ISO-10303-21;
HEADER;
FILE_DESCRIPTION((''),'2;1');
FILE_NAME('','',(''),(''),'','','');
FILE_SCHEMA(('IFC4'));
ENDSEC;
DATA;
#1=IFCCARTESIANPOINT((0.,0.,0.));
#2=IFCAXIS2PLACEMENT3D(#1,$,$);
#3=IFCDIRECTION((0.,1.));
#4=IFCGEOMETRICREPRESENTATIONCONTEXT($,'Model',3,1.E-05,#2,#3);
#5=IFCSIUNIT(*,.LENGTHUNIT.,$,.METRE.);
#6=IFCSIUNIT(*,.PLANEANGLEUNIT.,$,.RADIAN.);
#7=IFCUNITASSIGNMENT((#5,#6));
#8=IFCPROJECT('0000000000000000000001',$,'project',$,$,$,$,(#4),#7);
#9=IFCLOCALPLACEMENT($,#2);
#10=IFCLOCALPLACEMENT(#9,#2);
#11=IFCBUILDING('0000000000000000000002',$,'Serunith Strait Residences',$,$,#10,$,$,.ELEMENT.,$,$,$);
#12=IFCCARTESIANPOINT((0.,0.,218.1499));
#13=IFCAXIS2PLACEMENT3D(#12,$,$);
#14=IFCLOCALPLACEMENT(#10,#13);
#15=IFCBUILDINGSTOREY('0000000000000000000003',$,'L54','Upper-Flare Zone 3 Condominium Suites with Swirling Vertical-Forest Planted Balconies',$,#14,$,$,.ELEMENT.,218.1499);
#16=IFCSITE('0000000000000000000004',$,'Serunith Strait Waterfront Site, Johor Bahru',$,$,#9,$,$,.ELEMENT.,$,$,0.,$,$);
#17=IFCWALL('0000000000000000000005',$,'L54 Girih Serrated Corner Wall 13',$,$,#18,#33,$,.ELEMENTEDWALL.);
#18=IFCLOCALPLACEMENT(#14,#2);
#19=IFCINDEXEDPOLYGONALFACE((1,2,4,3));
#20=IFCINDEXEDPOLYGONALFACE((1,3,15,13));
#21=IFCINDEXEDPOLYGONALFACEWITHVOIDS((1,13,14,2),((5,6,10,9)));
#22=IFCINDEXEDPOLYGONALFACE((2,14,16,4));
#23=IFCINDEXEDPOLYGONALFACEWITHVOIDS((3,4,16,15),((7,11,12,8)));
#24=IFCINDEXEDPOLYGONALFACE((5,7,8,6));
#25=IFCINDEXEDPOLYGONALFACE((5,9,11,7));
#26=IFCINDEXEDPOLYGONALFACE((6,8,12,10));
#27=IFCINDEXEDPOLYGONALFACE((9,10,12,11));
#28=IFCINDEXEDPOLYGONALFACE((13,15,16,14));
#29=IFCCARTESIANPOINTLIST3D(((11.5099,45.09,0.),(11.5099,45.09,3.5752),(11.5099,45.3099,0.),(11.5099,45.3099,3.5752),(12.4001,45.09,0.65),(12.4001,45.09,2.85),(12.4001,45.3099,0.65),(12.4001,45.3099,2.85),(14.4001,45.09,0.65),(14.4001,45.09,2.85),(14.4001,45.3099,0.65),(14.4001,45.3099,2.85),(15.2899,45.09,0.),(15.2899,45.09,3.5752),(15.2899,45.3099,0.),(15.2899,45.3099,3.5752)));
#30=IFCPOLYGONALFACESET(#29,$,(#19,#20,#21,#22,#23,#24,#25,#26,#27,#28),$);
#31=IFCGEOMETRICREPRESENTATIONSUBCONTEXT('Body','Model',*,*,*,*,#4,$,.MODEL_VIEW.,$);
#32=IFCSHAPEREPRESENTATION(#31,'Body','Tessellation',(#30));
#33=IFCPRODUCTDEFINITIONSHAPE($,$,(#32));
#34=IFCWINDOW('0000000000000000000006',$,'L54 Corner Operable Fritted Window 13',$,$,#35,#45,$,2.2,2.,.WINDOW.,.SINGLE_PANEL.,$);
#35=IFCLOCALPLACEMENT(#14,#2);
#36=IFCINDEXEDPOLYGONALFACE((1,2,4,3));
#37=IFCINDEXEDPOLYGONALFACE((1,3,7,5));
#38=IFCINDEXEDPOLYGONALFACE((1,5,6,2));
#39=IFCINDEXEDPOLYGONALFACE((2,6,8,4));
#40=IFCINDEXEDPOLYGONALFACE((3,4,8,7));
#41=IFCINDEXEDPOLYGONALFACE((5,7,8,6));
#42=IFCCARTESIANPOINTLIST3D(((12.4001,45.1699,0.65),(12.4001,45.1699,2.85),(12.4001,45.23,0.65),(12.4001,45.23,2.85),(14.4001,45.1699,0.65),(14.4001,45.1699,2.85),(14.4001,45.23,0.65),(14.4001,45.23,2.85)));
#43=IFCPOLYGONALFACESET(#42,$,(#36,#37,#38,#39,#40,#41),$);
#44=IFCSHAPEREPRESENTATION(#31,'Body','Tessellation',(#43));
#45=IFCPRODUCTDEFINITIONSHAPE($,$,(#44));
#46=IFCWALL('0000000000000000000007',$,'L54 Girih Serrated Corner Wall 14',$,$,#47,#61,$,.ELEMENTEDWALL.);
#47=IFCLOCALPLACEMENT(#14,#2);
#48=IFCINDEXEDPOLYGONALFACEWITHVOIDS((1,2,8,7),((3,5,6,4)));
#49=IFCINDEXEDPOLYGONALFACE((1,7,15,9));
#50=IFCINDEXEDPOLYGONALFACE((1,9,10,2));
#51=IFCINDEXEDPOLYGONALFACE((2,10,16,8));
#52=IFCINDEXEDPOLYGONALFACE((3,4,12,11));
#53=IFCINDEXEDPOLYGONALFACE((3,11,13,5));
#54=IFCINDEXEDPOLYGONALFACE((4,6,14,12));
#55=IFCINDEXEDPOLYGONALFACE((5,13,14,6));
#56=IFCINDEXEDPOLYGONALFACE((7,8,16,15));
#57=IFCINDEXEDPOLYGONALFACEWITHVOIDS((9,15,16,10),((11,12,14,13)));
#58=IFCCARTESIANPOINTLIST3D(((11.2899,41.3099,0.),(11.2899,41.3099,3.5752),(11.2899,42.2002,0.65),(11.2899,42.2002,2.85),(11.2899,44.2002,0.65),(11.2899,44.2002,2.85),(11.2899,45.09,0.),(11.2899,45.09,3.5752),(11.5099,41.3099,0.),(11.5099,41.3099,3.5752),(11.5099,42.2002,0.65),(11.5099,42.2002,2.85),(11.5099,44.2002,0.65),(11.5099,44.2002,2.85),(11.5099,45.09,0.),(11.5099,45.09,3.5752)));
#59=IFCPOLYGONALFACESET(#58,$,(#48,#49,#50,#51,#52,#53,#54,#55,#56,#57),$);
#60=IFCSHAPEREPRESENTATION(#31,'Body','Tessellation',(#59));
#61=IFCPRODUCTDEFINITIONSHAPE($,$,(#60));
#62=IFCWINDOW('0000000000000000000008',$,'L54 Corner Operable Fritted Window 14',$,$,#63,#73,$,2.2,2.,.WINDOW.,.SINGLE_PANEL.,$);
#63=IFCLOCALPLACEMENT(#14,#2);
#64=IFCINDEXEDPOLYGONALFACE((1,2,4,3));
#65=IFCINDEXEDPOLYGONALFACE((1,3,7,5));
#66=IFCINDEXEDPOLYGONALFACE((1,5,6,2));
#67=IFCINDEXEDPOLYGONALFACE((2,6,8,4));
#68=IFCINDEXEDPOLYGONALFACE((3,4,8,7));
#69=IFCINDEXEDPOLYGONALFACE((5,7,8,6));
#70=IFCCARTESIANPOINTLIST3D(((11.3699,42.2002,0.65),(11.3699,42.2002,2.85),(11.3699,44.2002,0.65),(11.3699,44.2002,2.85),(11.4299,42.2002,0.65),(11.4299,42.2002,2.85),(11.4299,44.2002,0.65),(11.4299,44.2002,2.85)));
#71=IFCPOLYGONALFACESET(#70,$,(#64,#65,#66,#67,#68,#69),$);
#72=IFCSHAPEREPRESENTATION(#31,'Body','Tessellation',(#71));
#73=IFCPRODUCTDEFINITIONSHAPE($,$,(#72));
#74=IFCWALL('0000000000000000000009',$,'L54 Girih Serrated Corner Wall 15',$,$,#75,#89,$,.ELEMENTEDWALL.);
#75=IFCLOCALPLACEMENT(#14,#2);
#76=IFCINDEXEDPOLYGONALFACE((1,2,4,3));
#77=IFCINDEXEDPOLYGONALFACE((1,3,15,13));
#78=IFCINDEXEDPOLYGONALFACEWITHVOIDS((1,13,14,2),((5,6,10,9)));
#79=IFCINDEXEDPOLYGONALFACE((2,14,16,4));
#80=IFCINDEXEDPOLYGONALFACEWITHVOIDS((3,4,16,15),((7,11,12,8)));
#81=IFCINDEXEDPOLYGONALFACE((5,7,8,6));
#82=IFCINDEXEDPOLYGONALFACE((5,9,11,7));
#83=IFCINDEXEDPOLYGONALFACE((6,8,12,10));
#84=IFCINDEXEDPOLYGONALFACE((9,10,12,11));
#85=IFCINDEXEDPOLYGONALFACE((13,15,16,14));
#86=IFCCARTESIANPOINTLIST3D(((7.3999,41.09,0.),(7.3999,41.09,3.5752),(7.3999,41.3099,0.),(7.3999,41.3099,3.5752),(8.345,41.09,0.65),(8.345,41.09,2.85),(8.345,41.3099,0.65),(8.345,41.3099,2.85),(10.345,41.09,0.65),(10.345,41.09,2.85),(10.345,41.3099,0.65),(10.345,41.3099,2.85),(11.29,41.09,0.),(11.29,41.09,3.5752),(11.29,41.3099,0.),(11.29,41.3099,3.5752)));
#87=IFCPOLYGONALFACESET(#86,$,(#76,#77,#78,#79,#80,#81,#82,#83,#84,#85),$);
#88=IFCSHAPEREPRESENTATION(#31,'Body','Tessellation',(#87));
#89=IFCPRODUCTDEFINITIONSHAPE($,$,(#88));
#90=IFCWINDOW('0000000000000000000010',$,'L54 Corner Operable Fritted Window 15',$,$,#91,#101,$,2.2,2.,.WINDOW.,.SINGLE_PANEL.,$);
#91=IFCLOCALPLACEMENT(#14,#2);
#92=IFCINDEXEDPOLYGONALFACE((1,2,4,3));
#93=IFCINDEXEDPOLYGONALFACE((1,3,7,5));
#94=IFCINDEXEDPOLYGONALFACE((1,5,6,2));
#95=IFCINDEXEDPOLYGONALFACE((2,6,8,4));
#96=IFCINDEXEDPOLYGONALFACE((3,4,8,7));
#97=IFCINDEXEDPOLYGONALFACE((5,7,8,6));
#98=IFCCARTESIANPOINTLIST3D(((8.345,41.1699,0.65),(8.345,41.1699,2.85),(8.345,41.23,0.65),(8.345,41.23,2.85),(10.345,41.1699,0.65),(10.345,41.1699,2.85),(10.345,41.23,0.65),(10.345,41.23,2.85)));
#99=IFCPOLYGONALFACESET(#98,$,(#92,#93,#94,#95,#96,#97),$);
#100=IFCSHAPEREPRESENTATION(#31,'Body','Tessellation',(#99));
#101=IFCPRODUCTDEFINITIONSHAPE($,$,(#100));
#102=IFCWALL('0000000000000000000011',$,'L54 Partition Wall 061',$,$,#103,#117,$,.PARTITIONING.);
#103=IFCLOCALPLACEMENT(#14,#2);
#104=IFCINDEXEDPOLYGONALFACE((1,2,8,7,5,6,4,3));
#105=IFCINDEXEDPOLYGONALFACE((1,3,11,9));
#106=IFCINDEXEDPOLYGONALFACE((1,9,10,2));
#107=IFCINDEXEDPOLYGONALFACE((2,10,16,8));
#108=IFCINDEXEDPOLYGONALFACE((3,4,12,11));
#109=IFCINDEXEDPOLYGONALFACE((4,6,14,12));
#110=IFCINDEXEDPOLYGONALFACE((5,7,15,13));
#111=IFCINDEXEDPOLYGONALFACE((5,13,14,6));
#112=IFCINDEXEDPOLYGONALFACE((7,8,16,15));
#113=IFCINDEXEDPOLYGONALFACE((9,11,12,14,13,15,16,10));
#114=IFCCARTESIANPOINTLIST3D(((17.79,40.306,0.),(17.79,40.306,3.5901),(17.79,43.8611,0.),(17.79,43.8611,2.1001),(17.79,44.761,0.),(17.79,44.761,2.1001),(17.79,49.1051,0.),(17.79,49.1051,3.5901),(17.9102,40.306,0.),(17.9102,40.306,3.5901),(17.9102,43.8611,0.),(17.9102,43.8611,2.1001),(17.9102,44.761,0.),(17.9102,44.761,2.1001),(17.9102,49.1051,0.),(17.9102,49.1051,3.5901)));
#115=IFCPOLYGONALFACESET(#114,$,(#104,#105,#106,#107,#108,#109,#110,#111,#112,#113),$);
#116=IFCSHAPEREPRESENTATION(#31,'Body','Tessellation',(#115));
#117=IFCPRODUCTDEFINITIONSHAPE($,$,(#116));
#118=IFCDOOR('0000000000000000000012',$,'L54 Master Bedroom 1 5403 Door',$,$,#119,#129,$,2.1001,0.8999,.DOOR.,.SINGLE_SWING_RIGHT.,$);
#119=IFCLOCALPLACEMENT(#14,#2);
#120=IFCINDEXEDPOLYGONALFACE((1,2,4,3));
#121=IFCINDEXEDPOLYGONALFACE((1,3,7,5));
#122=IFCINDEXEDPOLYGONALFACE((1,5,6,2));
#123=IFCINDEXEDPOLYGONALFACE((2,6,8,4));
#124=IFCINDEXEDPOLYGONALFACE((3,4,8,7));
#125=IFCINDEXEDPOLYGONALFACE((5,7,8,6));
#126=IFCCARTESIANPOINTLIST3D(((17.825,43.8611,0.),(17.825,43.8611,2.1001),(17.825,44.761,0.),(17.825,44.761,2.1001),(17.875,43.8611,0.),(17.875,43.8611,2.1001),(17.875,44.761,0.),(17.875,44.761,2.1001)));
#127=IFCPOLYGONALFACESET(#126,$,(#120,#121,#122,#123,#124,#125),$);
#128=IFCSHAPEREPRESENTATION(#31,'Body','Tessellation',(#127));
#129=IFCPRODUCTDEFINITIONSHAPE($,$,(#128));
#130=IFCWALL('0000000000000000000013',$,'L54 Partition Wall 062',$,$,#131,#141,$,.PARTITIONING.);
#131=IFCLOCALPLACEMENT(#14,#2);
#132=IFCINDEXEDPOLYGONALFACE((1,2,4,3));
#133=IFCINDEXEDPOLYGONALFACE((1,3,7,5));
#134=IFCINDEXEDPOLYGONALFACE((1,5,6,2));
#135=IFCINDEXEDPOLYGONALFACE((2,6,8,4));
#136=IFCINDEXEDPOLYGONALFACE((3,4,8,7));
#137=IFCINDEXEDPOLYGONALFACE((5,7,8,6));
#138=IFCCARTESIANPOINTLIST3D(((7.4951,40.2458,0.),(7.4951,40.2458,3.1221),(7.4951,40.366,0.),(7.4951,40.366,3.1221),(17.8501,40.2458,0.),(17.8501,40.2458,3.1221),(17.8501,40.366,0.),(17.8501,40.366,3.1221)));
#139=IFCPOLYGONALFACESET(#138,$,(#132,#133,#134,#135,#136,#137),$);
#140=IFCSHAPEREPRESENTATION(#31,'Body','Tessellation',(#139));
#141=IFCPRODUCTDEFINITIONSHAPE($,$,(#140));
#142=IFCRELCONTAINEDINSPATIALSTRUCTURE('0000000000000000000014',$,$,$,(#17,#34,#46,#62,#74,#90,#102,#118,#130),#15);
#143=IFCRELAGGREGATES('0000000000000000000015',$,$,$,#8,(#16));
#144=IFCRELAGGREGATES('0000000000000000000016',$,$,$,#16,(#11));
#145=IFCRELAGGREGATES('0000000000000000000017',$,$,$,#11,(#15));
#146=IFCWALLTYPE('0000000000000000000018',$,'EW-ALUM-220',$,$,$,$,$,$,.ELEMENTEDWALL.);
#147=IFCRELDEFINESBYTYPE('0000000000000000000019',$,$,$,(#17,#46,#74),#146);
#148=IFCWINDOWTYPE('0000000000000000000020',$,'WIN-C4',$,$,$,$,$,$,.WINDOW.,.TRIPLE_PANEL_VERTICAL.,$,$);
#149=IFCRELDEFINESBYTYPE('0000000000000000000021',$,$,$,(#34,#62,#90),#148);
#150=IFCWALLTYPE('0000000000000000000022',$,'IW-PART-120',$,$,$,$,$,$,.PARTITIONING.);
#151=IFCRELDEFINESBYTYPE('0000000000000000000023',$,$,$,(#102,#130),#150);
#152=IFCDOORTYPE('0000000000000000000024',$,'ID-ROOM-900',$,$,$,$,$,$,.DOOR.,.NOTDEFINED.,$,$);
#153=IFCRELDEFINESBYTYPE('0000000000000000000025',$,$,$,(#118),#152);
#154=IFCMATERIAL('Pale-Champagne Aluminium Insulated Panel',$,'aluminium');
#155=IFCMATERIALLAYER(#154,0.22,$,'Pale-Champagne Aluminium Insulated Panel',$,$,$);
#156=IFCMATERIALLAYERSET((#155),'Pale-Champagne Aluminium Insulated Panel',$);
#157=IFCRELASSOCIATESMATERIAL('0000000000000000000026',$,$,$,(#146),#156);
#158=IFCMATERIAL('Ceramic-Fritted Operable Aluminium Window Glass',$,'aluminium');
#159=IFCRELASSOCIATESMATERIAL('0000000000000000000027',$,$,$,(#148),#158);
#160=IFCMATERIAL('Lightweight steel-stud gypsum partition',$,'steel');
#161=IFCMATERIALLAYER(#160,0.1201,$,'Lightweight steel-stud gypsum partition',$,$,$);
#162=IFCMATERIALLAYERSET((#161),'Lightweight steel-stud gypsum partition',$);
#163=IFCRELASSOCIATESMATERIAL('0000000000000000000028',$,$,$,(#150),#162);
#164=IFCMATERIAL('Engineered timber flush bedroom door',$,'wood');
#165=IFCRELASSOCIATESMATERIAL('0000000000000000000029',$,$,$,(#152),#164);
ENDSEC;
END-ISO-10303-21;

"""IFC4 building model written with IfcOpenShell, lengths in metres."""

from ifc_helpers import new_model, si_unit, direction, frame, frame_2d, origin, place, context, subcontext, project, spatial, rectangle, extrude, source, transform, mapped, material, layer, layer_set, type_object, element, fill, save


model = new_model("IFC4")

# Units and contexts
model_context = context("Model", 3, precision=1e-05, world=origin(), true_north=direction((0.0, 1.0)))
body_context = subcontext(model_context, "Body", "Model", "MODEL_VIEW")
ifc_project = project(units=[si_unit("LENGTHUNIT", "METRE"), si_unit("PLANEANGLEUNIT", "RADIAN")], contexts=[model_context])

# Site, building, storey
site_placement = place(None, origin())
site = spatial("IfcSite", under=ifc_project, at=site_placement, Name="Serunith Strait Waterfront Site, Johor Bahru", CompositionType="ELEMENT", RefElevation=0.0)
building_placement = place(site_placement, origin())
building = spatial("IfcBuilding", under=site, at=building_placement, Name="Serunith Strait Residences", CompositionType="ELEMENT")
storey_placement = place(building_placement, frame((0.0, 0.0, 218.1499)))
storey = spatial("IfcBuildingStorey", under=building, at=storey_placement, Name="L54", Description="Upper-Flare Zone 3 Condominium Suites with Swirling Vertical-Forest Planted Balconies", CompositionType="ELEMENT", Elevation=218.1499)

# Walls, openings, windows
ifc_material_1 = material(Name="Pale-Champagne Aluminium Insulated Panel", Category="aluminium")
ifc_layer_1 = layer(ifc_material_1, 0.22, Name="Pale-Champagne Aluminium Insulated Panel")
ifc_layer_set_1 = layer_set([ifc_layer_1], Name="Pale-Champagne Aluminium Insulated Panel")
wall_type_1 = type_object("IfcWallType", Name="EW-ALUM-220", PredefinedType="ELEMENTEDWALL", material=ifc_layer_set_1)
ifc_material_2 = material(Name="Ceramic-Fritted Operable Aluminium Window Glass", Category="aluminium")
window_type = type_object("IfcWindowType", Name="WIN-C4", PartitioningType="TRIPLE_PANEL_VERTICAL", PredefinedType="WINDOW", material=ifc_material_2)
shared_shape_1 = source(origin(), body_context, "Body", "SweptSolid", [
    extrude(rectangle(XDim=2.0, YDim=2.2, at=frame_2d((1.0, 1.1001))), frame((0.0, 0.03, 0.0), z_axis=(0.0, -1.0, 0.0), x_axis=(1.0, 0.0, 0.0)), (0.0, 0.0, 1.0), 0.0601),
])
wall_1_placement = place(storey_placement, frame((15.29, 45.2, 0.0), z_axis=(0.0, 0.0, 1.0), x_axis=(-1.0, 0.0, 0.0)))
wall_1 = element("IfcWall", 1, at=wall_1_placement, inside=storey, type_object=wall_type_1, Name="L54 Girih Serrated Corner Wall 13", PredefinedType="ELEMENTEDWALL", context=body_context, shape_type="SweptSolid", body=[
    extrude(rectangle(XDim=3.78, YDim=0.22, at=frame_2d((1.8901, 0.0))), origin(), (0.0, 0.0, 1.0), 3.5752),
])
opening_1_placement = place(wall_1_placement, frame((0.8899, 0.0, 0.6499)))
opening_1 = element("IfcOpeningElement", 2, at=opening_1_placement, cuts=wall_1, PredefinedType="OPENING", context=body_context, shape_type="SweptSolid", body=[
    extrude(rectangle(XDim=2.0, YDim=2.2, at=frame_2d((1.0, 1.1001))), frame((0.0, 0.1201, 0.0), z_axis=(0.0, -1.0, 0.0), x_axis=(1.0, 0.0, 0.0)), (0.0, 0.0, 1.0), 0.24),
])
window_1_placement = place(opening_1_placement, origin())
window_1 = element("IfcWindow", 3, at=window_1_placement, inside=storey, type_object=window_type, Name="L54 Corner Operable Fritted Window 13", OverallHeight=2.2, OverallWidth=2.0, PartitioningType="SINGLE_PANEL", PredefinedType="WINDOW", context=body_context, shape_type="MappedRepresentation", body=[
    mapped(shared_shape_1, transform((0.0, 0.0, 0.0), scale=1.0)),
])
fill(opening_1, window_1)
wall_2_placement = place(storey_placement, frame((11.3999, 45.0901, 0.0), z_axis=(0.0, 0.0, 1.0), x_axis=(0.0, -1.0, 0.0)))
wall_2 = element("IfcWall", 4, at=wall_2_placement, inside=storey, type_object=wall_type_1, Name="L54 Girih Serrated Corner Wall 14", PredefinedType="ELEMENTEDWALL", context=body_context, shape_type="SweptSolid", body=[
    extrude(rectangle(XDim=3.78, YDim=0.22, at=frame_2d((1.8901, 0.0))), origin(), (0.0, 0.0, 1.0), 3.5752),
])
opening_2_placement = place(wall_2_placement, frame((0.8899, 0.0, 0.6499)))
opening_2 = element("IfcOpeningElement", 5, at=opening_2_placement, cuts=wall_2, PredefinedType="OPENING", context=body_context, shape_type="SweptSolid", body=[
    extrude(rectangle(XDim=2.0, YDim=2.2, at=frame_2d((1.0, 1.1001))), frame((0.0, 0.1201, 0.0), z_axis=(0.0, -1.0, 0.0), x_axis=(1.0, 0.0, 0.0)), (0.0, 0.0, 1.0), 0.24),
])
window_2_placement = place(opening_2_placement, origin())
window_2 = element("IfcWindow", 6, at=window_2_placement, inside=storey, type_object=window_type, Name="L54 Corner Operable Fritted Window 14", OverallHeight=2.2, OverallWidth=2.0, PartitioningType="SINGLE_PANEL", PredefinedType="WINDOW", context=body_context, shape_type="MappedRepresentation", body=[
    mapped(shared_shape_1, transform((0.0, 0.0, 0.0), scale=1.0)),
])
fill(opening_2, window_2)
wall_3_placement = place(storey_placement, frame((11.29, 41.2, 0.0), z_axis=(0.0, 0.0, 1.0), x_axis=(-1.0, 0.0, 0.0)))
wall_3 = element("IfcWall", 7, at=wall_3_placement, inside=storey, type_object=wall_type_1, Name="L54 Girih Serrated Corner Wall 15", PredefinedType="ELEMENTEDWALL", context=body_context, shape_type="SweptSolid", body=[
    extrude(rectangle(XDim=3.8901, YDim=0.22, at=frame_2d((1.9451, 0.0))), origin(), (0.0, 0.0, 1.0), 3.5752),
])
opening_3_placement = place(wall_3_placement, frame((0.9451, 0.0, 0.6499)))
opening_3 = element("IfcOpeningElement", 8, at=opening_3_placement, cuts=wall_3, PredefinedType="OPENING", context=body_context, shape_type="SweptSolid", body=[
    extrude(rectangle(XDim=2.0, YDim=2.2, at=frame_2d((1.0, 1.1001))), frame((0.0, 0.1201, 0.0), z_axis=(0.0, -1.0, 0.0), x_axis=(1.0, 0.0, 0.0)), (0.0, 0.0, 1.0), 0.24),
])
window_3_placement = place(opening_3_placement, origin())
window_3 = element("IfcWindow", 9, at=window_3_placement, inside=storey, type_object=window_type, Name="L54 Corner Operable Fritted Window 15", OverallHeight=2.2, OverallWidth=2.0, PartitioningType="SINGLE_PANEL", PredefinedType="WINDOW", context=body_context, shape_type="MappedRepresentation", body=[
    mapped(shared_shape_1, transform((0.0, 0.0, 0.0), scale=1.0)),
])
fill(opening_3, window_3)

# Wall, opening, door
ifc_material_3 = material(Name="Lightweight steel-stud gypsum partition", Category="steel")
ifc_layer_2 = layer(ifc_material_3, 0.1201, Name="Lightweight steel-stud gypsum partition")
ifc_layer_set_2 = layer_set([ifc_layer_2], Name="Lightweight steel-stud gypsum partition")
wall_type_2 = type_object("IfcWallType", Name="IW-PART-120", PredefinedType="PARTITIONING", material=ifc_layer_set_2)
wall_4_placement = place(storey_placement, frame((17.8501, 49.105, 0.0), z_axis=(0.0, 0.0, 1.0), x_axis=(0.0, -1.0, 0.0)))
wall_4 = element("IfcWall", 10, at=wall_4_placement, inside=storey, type_object=wall_type_2, Name="L54 Partition Wall 061", PredefinedType="PARTITIONING", context=body_context, shape_type="SweptSolid", body=[
    extrude(rectangle(XDim=8.7991, YDim=0.1201, at=frame_2d((4.3994, 0.0))), origin(), (0.0, 0.0, 1.0), 3.5901),
])
opening_4_placement = place(wall_4_placement, frame((4.344, 0.0, 0.0)))
opening_4 = element("IfcOpeningElement", 11, at=opening_4_placement, cuts=wall_4, PredefinedType="OPENING", context=body_context, shape_type="SweptSolid", body=[
    extrude(rectangle(XDim=0.8999, YDim=2.1001, at=frame_2d((0.45, 1.05))), frame((0.0, 0.0701, 0.0), z_axis=(0.0, -1.0, 0.0), x_axis=(1.0, 0.0, 0.0)), (0.0, 0.0, 1.0), 0.1401),
])
ifc_material_4 = material(Name="Engineered timber flush bedroom door", Category="wood")
door_type_1 = type_object("IfcDoorType", Name="ID-ROOM-900", OperationType="NOTDEFINED", PredefinedType="DOOR", material=ifc_material_4)
shared_shape_2 = source(origin(), body_context, "Body", "SweptSolid", [
    extrude(rectangle(XDim=0.8999, YDim=2.1001, at=frame_2d((0.45, 1.05))), frame((0.0, 0.0249, 0.0), z_axis=(0.0, -1.0, 0.0), x_axis=(1.0, 0.0, 0.0)), (0.0, 0.0, 1.0), 0.05),
])
door_1_placement = place(opening_4_placement, origin())
door_1 = element("IfcDoor", 12, at=door_1_placement, inside=storey, type_object=door_type_1, Name="L54 Master Bedroom 1 5403 Door", OperationType="SINGLE_SWING_RIGHT", OverallHeight=2.1001, OverallWidth=0.8999, PredefinedType="DOOR", context=body_context, shape_type="MappedRepresentation", body=[
    mapped(shared_shape_2, transform((0.0, 0.0, 0.0), scale=1.0)),
])
fill(opening_4, door_1)

# Wall
wall_5_placement = place(storey_placement, frame((7.4951, 40.3059, 0.0), z_axis=(0.0, 0.0, 1.0), x_axis=(1.0, 0.0, 0.0)))
element("IfcWall", 13, at=wall_5_placement, inside=storey, type_object=wall_type_2, Name="L54 Partition Wall 062", PredefinedType="PARTITIONING", context=body_context, shape_type="SweptSolid", body=[
    extrude(rectangle(XDim=10.355, YDim=0.1201, at=frame_2d((5.1775, 0.0))), origin(), (0.0, 0.0, 1.0), 3.1221),
])

save(model, "model.ifc")
